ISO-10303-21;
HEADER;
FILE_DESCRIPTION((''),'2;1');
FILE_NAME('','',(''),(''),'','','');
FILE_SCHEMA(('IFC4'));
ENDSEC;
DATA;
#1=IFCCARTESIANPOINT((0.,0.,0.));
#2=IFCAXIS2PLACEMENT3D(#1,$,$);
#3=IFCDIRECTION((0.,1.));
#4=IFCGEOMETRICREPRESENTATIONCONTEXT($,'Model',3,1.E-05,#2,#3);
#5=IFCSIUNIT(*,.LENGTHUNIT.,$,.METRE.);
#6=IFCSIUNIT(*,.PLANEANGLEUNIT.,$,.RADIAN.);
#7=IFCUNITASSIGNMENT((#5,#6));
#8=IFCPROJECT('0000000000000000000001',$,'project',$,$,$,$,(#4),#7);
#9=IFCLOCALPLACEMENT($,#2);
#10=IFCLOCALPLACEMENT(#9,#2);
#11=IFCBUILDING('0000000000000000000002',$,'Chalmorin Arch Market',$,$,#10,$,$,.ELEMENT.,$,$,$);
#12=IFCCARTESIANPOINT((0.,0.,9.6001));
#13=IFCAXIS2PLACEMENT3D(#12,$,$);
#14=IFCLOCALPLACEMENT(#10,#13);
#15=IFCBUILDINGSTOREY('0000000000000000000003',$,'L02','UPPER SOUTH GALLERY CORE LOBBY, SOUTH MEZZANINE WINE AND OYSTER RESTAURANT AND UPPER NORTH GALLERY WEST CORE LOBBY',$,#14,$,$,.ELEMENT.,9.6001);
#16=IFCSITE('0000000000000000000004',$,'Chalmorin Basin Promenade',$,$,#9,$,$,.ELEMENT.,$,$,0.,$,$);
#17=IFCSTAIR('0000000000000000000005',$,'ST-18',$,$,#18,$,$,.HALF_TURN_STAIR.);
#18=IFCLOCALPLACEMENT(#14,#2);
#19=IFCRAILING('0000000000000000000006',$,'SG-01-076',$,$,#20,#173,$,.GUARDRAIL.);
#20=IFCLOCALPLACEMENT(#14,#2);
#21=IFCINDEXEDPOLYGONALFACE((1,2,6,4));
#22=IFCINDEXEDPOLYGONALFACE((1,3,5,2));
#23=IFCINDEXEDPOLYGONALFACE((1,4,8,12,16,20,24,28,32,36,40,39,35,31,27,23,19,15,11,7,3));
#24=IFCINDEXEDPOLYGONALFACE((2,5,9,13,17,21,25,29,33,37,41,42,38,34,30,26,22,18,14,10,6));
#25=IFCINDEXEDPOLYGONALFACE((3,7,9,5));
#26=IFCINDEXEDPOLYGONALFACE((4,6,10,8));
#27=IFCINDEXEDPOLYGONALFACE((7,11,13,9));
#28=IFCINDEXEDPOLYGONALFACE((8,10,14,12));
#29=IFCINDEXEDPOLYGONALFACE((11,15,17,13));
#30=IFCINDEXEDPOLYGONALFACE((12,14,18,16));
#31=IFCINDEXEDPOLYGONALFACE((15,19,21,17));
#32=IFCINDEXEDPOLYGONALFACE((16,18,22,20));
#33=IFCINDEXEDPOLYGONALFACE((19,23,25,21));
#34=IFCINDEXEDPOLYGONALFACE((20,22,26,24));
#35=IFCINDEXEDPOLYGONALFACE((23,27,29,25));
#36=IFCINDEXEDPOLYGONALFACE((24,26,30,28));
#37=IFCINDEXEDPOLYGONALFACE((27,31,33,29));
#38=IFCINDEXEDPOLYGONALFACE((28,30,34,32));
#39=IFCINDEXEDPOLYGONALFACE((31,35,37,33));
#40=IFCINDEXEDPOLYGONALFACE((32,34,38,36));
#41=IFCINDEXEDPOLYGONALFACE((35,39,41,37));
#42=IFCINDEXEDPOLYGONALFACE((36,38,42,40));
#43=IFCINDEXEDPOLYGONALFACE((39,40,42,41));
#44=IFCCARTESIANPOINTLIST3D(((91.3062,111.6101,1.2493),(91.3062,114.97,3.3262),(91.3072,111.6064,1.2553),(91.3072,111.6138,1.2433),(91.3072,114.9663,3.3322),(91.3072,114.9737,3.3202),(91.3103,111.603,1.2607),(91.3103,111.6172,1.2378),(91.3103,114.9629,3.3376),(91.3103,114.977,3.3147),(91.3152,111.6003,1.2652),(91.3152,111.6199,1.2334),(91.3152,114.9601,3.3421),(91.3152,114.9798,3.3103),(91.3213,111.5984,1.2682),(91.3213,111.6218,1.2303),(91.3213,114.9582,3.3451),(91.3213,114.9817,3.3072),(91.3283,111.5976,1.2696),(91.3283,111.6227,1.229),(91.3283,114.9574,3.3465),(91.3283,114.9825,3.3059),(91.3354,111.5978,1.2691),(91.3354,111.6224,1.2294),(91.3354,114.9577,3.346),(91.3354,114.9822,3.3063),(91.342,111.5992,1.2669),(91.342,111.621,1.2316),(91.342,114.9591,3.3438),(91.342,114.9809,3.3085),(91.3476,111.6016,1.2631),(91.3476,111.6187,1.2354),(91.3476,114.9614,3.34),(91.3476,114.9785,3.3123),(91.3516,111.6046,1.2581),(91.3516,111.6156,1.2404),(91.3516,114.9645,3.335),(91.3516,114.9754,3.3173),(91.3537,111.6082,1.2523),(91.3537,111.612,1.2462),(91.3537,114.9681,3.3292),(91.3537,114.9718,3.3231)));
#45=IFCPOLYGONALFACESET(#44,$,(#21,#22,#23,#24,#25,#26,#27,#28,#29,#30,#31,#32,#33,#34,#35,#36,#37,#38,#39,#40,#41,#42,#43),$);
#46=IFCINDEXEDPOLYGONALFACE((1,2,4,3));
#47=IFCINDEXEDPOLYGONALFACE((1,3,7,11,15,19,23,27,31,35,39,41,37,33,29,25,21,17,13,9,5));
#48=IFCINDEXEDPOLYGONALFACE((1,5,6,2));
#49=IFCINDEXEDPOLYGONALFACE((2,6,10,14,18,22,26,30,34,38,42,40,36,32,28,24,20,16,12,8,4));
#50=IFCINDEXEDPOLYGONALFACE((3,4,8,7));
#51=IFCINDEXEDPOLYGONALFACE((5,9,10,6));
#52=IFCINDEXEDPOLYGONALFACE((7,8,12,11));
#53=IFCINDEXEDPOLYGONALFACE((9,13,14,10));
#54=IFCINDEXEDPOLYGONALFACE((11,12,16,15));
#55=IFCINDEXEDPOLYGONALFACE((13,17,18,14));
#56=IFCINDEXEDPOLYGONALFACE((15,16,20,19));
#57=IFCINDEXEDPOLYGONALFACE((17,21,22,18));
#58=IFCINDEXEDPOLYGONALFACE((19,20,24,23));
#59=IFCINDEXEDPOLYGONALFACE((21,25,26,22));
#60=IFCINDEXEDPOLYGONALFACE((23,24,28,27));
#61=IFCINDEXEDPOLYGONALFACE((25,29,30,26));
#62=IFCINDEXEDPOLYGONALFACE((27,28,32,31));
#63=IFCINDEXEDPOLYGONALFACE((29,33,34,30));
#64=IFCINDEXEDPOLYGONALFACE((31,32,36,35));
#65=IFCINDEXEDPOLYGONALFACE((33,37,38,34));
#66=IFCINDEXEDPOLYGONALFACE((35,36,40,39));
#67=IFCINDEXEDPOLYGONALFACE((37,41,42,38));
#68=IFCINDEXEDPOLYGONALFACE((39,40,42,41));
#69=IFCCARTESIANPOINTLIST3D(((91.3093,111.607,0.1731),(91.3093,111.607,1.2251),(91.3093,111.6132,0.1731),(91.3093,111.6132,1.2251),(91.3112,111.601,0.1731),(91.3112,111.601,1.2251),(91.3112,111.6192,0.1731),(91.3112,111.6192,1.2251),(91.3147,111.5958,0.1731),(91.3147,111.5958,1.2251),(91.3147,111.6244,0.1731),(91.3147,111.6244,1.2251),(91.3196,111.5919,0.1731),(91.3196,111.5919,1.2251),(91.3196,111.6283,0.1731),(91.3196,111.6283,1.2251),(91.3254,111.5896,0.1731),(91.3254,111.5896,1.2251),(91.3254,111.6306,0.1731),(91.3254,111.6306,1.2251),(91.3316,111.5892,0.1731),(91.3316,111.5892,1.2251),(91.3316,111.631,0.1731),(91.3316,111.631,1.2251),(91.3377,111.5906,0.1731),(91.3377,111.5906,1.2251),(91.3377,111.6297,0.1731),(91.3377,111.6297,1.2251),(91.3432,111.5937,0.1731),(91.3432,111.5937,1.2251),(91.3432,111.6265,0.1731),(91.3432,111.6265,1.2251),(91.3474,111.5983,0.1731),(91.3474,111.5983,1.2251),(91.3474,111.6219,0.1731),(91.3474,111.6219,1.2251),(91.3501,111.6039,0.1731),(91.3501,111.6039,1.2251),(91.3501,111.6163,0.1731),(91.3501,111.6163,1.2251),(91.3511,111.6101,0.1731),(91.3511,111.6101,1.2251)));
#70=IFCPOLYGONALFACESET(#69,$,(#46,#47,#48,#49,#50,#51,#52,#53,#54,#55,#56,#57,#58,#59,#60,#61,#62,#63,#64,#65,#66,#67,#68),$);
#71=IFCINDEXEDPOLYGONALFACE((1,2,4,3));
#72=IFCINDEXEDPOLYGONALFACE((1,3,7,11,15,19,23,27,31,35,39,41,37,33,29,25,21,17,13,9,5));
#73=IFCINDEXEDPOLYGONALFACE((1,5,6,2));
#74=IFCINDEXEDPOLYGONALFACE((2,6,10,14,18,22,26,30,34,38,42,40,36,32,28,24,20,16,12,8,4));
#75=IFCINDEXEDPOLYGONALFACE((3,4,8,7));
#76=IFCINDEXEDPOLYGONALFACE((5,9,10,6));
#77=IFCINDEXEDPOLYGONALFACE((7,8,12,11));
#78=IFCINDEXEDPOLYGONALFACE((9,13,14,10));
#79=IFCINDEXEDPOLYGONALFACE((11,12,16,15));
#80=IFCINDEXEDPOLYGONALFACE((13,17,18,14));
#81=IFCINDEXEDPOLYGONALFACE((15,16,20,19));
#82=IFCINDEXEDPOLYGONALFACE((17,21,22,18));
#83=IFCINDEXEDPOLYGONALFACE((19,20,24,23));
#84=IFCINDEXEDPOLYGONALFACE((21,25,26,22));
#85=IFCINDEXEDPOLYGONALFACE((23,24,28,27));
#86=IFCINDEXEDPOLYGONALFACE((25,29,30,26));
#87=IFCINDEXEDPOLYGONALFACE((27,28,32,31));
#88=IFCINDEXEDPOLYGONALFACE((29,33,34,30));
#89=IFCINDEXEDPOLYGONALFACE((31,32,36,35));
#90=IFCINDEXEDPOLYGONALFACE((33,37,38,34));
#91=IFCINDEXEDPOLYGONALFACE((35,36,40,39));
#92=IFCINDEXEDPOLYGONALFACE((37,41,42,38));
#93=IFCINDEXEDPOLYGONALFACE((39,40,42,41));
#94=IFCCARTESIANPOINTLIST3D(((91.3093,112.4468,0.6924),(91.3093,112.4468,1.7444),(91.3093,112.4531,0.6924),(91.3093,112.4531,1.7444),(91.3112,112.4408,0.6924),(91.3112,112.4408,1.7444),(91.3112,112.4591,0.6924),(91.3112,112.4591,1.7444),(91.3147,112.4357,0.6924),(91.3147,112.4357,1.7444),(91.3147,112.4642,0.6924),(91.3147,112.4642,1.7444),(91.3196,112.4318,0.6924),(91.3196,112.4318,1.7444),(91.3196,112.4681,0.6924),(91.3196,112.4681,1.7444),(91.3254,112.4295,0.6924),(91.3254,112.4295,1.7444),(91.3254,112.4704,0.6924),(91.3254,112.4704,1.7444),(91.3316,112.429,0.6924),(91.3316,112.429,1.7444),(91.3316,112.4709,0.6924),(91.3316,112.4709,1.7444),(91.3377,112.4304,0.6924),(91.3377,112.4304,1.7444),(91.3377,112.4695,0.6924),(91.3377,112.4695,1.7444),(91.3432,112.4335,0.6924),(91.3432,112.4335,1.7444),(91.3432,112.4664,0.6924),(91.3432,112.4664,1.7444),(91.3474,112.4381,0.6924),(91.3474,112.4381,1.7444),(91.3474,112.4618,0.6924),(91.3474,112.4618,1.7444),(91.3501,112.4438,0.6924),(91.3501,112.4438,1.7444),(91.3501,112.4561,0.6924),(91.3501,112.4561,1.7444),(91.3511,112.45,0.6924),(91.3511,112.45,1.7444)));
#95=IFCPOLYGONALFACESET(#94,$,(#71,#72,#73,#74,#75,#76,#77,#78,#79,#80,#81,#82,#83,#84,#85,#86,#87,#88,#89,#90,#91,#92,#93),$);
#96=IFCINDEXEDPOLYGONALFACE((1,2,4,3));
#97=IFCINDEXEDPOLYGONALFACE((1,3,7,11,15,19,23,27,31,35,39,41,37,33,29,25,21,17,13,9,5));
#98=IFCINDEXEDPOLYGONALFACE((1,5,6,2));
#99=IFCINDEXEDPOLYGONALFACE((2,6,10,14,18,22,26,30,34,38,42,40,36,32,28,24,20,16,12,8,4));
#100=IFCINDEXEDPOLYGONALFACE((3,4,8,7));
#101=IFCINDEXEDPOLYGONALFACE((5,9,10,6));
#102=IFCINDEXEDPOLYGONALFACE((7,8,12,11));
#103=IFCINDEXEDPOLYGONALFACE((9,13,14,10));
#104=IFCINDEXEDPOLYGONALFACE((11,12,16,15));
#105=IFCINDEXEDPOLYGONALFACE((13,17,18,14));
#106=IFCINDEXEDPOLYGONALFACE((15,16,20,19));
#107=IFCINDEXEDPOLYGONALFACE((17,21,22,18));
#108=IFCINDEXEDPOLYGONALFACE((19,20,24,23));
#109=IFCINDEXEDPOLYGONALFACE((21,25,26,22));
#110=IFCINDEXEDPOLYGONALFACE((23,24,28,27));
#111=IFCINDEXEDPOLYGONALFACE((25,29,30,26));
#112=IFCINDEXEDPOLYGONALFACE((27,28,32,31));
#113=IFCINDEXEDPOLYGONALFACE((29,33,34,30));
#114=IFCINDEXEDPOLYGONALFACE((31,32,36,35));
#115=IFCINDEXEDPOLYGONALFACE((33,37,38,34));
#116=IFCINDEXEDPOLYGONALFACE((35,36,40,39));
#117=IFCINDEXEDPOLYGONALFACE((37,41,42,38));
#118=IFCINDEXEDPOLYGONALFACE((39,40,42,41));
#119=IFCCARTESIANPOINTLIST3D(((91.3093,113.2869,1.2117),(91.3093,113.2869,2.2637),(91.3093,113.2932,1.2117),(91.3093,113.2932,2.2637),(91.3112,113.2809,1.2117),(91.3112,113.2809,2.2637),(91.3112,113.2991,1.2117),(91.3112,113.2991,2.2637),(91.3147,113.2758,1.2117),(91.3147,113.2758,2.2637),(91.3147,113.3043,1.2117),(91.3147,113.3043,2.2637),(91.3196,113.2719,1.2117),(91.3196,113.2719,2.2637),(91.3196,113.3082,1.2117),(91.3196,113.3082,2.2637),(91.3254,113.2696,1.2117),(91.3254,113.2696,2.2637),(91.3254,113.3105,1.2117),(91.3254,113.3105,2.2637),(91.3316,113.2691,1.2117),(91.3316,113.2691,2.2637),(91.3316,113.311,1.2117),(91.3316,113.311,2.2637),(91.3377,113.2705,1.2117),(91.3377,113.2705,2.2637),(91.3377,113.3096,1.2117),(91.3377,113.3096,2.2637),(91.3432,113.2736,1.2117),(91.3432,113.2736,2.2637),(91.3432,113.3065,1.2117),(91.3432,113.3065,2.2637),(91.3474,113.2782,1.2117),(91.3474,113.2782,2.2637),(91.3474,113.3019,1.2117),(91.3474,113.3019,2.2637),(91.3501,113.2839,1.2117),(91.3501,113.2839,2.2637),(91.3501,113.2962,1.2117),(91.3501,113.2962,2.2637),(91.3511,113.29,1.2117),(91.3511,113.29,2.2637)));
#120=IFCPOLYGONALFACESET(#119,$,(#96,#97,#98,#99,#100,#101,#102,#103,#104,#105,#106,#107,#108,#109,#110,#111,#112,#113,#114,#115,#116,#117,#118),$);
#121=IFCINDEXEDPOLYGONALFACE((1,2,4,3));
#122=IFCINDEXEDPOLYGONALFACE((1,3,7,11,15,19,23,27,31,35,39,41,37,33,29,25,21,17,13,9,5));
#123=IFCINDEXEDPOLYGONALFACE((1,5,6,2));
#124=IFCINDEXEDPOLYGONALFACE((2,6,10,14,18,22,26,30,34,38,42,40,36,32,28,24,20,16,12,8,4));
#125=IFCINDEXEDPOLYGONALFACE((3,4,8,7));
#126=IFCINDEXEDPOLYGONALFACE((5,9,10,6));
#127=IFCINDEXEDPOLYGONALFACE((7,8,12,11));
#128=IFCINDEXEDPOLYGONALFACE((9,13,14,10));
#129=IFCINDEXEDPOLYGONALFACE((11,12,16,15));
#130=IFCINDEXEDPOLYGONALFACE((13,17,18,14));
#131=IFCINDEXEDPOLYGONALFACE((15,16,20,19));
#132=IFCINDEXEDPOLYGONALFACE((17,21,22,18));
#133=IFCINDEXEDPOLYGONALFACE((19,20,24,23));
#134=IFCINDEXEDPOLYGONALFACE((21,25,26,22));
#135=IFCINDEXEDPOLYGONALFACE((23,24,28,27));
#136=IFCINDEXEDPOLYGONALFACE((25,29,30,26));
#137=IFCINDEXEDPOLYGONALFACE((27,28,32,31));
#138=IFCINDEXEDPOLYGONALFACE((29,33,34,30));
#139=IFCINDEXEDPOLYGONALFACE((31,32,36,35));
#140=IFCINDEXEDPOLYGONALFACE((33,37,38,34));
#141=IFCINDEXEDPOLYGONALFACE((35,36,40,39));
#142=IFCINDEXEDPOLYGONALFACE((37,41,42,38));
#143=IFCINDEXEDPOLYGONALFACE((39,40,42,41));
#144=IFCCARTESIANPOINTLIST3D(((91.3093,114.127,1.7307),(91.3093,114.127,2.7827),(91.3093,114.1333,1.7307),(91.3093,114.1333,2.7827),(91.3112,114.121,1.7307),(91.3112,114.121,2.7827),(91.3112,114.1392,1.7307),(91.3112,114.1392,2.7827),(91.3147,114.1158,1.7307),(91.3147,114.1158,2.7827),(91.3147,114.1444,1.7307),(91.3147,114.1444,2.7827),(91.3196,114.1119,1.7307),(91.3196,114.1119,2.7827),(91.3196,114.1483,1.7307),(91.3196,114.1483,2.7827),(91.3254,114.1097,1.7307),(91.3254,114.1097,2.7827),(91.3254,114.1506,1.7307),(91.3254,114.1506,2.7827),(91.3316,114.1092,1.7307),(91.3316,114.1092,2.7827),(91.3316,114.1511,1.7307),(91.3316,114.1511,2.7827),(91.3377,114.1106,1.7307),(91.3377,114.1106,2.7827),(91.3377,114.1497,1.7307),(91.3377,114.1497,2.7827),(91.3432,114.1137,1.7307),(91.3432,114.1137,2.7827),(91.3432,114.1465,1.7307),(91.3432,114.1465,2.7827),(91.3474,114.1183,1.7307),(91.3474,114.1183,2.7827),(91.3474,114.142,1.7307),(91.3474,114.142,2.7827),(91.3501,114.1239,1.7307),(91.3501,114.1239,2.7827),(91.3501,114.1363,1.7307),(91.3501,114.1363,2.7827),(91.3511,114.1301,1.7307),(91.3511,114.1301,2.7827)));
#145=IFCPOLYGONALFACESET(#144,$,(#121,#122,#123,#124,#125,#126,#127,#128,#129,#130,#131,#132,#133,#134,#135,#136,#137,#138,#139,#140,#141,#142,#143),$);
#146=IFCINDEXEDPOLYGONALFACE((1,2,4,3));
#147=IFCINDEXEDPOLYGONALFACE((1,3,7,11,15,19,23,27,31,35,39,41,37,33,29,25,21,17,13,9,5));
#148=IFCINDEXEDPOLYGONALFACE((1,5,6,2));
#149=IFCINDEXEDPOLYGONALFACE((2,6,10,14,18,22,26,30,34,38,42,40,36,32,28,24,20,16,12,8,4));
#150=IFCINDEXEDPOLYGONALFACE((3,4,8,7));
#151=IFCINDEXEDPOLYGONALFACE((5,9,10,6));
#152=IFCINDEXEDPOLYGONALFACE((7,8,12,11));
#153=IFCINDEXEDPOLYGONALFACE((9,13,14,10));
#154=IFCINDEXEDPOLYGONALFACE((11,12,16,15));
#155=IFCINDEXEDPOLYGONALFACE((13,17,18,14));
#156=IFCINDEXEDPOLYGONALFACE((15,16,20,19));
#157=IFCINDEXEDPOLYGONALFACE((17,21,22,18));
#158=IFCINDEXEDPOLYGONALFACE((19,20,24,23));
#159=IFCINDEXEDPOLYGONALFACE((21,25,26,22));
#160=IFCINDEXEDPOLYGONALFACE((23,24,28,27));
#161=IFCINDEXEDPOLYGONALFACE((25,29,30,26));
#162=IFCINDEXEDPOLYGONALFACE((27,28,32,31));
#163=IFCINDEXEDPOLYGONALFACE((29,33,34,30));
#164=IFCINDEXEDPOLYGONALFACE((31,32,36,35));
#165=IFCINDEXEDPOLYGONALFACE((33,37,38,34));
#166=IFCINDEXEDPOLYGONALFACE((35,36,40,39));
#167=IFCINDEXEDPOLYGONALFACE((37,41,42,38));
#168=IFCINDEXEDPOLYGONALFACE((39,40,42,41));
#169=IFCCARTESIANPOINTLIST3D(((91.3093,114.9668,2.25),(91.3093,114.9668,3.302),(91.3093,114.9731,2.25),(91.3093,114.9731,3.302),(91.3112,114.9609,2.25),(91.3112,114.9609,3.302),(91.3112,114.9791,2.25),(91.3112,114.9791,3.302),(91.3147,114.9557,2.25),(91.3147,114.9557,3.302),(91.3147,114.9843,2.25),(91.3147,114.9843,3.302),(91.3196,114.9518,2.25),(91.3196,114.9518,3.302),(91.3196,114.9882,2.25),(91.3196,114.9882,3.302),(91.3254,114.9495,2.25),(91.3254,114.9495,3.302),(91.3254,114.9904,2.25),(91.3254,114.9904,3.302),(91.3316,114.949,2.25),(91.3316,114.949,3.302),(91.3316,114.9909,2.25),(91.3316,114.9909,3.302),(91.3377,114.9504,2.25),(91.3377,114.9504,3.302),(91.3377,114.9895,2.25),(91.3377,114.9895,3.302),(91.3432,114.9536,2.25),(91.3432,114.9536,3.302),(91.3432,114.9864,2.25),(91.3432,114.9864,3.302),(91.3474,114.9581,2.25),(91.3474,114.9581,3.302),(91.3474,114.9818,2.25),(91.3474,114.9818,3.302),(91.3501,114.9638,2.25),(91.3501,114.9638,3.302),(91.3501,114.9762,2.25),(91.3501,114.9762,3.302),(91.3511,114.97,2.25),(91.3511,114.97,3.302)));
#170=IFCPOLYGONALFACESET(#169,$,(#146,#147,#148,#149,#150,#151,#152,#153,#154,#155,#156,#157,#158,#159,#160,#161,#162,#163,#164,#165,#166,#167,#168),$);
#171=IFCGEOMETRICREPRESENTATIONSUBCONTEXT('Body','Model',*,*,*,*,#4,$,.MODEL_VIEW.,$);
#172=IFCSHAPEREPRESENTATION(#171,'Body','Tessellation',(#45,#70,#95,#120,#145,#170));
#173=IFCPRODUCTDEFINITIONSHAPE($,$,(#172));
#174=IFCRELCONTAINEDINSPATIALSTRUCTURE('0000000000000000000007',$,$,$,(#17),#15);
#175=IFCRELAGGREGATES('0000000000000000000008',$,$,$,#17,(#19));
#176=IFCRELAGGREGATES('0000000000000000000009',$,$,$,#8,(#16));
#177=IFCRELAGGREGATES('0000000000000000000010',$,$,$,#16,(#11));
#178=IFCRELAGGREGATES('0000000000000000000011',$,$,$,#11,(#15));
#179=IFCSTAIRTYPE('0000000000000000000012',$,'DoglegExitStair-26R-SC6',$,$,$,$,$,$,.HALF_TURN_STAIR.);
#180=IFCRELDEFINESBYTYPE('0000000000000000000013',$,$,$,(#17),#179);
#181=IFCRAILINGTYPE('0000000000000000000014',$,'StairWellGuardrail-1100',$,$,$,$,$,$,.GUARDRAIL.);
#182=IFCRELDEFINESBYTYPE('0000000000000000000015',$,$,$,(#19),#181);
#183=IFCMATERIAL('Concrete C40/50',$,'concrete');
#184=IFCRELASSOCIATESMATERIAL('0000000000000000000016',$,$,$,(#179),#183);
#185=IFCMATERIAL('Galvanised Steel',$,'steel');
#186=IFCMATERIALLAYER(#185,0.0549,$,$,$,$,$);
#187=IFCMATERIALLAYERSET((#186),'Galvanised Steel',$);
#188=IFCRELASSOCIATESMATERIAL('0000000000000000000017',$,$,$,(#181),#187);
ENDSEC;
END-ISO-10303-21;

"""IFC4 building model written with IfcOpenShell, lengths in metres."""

from ifc_helpers import new_model, si_unit, direction, frame, origin, origin_2d, place, context, subcontext, project, spatial, circle, extrude, material, layer, layer_set, type_object, element, aggregate, save


model = new_model("IFC4")

# Units and contexts
model_context = context("Model", 3, precision=1e-05, world=origin(), true_north=direction((0.0, 1.0)))
body_context = subcontext(model_context, "Body", "Model", "MODEL_VIEW")
ifc_project = project(units=[si_unit("LENGTHUNIT", "METRE"), si_unit("PLANEANGLEUNIT", "RADIAN")], contexts=[model_context])

# Site, building, storey
site_placement = place(None, origin())
site = spatial("IfcSite", under=ifc_project, at=site_placement, Name="Chalmorin Basin Promenade", CompositionType="ELEMENT", RefElevation=0.0)
building_placement = place(site_placement, origin())
building = spatial("IfcBuilding", under=site, at=building_placement, Name="Chalmorin Arch Market", CompositionType="ELEMENT")
storey_placement = place(building_placement, frame((0.0, 0.0, 9.6001)))
storey = spatial("IfcBuildingStorey", under=building, at=storey_placement, Name="L02", Description="UPPER SOUTH GALLERY CORE LOBBY, SOUTH MEZZANINE WINE AND OYSTER RESTAURANT AND UPPER NORTH GALLERY WEST CORE LOBBY", CompositionType="ELEMENT", Elevation=9.6001)

# Shared definitions
ifc_material_1 = material(Name="Concrete C40/50", Category="concrete")

# Stair, railing
stair_type = type_object("IfcStairType", Name="DoglegExitStair-26R-SC6", PredefinedType="HALF_TURN_STAIR", material=ifc_material_1)
stair_placement = place(storey_placement, origin())
stair = element("IfcStair", 1, at=stair_placement, inside=storey, type_object=stair_type, Name="ST-18", PredefinedType="HALF_TURN_STAIR")
ifc_material_2 = material(Name="Galvanised Steel", Category="steel")
ifc_layer_1 = layer(ifc_material_2, 0.0549)
ifc_layer_set_1 = layer_set([ifc_layer_1], Name="Galvanised Steel")
railing_type_1 = type_object("IfcRailingType", Name="StairWellGuardrail-1100", PredefinedType="GUARDRAIL", material=ifc_layer_set_1)
railing_1_placement = place(storey_placement, frame((91.3301, 111.6101, 0.1731)))
railing_1 = element("IfcRailing", 2, at=railing_1_placement, type_object=railing_type_1, Name="SG-01-076", PredefinedType="GUARDRAIL", context=body_context, shape_type="SweptSolid", body=[
    extrude(circle(Radius=0.0239, at=origin_2d()), frame((0.0, 0.0, 1.0762), z_axis=(0.0, 0.850606, 0.525803), x_axis=(-1.0, 0.0, 0.0)), (0.0, 0.0, 1.0), 3.95),
    extrude(circle(Radius=0.021, at=origin_2d()), origin(), (0.0, 0.0, 1.0), 1.052),
    extrude(circle(Radius=0.021, at=origin_2d()), frame((0.0, 0.8398, 0.5193)), (0.0, 0.0, 1.0), 1.052),
    extrude(circle(Radius=0.021, at=origin_2d()), frame((0.0, 1.6799, 1.0386)), (0.0, 0.0, 1.0), 1.052),
    extrude(circle(Radius=0.021, at=origin_2d()), frame((0.0, 2.52, 1.5576)), (0.0, 0.0, 1.0), 1.052),
    extrude(circle(Radius=0.021, at=origin_2d()), frame((0.0, 3.3599, 2.0769)), (0.0, 0.0, 1.0), 1.052),
])
aggregate(stair, [railing_1])

save(model, "model.ifc")
